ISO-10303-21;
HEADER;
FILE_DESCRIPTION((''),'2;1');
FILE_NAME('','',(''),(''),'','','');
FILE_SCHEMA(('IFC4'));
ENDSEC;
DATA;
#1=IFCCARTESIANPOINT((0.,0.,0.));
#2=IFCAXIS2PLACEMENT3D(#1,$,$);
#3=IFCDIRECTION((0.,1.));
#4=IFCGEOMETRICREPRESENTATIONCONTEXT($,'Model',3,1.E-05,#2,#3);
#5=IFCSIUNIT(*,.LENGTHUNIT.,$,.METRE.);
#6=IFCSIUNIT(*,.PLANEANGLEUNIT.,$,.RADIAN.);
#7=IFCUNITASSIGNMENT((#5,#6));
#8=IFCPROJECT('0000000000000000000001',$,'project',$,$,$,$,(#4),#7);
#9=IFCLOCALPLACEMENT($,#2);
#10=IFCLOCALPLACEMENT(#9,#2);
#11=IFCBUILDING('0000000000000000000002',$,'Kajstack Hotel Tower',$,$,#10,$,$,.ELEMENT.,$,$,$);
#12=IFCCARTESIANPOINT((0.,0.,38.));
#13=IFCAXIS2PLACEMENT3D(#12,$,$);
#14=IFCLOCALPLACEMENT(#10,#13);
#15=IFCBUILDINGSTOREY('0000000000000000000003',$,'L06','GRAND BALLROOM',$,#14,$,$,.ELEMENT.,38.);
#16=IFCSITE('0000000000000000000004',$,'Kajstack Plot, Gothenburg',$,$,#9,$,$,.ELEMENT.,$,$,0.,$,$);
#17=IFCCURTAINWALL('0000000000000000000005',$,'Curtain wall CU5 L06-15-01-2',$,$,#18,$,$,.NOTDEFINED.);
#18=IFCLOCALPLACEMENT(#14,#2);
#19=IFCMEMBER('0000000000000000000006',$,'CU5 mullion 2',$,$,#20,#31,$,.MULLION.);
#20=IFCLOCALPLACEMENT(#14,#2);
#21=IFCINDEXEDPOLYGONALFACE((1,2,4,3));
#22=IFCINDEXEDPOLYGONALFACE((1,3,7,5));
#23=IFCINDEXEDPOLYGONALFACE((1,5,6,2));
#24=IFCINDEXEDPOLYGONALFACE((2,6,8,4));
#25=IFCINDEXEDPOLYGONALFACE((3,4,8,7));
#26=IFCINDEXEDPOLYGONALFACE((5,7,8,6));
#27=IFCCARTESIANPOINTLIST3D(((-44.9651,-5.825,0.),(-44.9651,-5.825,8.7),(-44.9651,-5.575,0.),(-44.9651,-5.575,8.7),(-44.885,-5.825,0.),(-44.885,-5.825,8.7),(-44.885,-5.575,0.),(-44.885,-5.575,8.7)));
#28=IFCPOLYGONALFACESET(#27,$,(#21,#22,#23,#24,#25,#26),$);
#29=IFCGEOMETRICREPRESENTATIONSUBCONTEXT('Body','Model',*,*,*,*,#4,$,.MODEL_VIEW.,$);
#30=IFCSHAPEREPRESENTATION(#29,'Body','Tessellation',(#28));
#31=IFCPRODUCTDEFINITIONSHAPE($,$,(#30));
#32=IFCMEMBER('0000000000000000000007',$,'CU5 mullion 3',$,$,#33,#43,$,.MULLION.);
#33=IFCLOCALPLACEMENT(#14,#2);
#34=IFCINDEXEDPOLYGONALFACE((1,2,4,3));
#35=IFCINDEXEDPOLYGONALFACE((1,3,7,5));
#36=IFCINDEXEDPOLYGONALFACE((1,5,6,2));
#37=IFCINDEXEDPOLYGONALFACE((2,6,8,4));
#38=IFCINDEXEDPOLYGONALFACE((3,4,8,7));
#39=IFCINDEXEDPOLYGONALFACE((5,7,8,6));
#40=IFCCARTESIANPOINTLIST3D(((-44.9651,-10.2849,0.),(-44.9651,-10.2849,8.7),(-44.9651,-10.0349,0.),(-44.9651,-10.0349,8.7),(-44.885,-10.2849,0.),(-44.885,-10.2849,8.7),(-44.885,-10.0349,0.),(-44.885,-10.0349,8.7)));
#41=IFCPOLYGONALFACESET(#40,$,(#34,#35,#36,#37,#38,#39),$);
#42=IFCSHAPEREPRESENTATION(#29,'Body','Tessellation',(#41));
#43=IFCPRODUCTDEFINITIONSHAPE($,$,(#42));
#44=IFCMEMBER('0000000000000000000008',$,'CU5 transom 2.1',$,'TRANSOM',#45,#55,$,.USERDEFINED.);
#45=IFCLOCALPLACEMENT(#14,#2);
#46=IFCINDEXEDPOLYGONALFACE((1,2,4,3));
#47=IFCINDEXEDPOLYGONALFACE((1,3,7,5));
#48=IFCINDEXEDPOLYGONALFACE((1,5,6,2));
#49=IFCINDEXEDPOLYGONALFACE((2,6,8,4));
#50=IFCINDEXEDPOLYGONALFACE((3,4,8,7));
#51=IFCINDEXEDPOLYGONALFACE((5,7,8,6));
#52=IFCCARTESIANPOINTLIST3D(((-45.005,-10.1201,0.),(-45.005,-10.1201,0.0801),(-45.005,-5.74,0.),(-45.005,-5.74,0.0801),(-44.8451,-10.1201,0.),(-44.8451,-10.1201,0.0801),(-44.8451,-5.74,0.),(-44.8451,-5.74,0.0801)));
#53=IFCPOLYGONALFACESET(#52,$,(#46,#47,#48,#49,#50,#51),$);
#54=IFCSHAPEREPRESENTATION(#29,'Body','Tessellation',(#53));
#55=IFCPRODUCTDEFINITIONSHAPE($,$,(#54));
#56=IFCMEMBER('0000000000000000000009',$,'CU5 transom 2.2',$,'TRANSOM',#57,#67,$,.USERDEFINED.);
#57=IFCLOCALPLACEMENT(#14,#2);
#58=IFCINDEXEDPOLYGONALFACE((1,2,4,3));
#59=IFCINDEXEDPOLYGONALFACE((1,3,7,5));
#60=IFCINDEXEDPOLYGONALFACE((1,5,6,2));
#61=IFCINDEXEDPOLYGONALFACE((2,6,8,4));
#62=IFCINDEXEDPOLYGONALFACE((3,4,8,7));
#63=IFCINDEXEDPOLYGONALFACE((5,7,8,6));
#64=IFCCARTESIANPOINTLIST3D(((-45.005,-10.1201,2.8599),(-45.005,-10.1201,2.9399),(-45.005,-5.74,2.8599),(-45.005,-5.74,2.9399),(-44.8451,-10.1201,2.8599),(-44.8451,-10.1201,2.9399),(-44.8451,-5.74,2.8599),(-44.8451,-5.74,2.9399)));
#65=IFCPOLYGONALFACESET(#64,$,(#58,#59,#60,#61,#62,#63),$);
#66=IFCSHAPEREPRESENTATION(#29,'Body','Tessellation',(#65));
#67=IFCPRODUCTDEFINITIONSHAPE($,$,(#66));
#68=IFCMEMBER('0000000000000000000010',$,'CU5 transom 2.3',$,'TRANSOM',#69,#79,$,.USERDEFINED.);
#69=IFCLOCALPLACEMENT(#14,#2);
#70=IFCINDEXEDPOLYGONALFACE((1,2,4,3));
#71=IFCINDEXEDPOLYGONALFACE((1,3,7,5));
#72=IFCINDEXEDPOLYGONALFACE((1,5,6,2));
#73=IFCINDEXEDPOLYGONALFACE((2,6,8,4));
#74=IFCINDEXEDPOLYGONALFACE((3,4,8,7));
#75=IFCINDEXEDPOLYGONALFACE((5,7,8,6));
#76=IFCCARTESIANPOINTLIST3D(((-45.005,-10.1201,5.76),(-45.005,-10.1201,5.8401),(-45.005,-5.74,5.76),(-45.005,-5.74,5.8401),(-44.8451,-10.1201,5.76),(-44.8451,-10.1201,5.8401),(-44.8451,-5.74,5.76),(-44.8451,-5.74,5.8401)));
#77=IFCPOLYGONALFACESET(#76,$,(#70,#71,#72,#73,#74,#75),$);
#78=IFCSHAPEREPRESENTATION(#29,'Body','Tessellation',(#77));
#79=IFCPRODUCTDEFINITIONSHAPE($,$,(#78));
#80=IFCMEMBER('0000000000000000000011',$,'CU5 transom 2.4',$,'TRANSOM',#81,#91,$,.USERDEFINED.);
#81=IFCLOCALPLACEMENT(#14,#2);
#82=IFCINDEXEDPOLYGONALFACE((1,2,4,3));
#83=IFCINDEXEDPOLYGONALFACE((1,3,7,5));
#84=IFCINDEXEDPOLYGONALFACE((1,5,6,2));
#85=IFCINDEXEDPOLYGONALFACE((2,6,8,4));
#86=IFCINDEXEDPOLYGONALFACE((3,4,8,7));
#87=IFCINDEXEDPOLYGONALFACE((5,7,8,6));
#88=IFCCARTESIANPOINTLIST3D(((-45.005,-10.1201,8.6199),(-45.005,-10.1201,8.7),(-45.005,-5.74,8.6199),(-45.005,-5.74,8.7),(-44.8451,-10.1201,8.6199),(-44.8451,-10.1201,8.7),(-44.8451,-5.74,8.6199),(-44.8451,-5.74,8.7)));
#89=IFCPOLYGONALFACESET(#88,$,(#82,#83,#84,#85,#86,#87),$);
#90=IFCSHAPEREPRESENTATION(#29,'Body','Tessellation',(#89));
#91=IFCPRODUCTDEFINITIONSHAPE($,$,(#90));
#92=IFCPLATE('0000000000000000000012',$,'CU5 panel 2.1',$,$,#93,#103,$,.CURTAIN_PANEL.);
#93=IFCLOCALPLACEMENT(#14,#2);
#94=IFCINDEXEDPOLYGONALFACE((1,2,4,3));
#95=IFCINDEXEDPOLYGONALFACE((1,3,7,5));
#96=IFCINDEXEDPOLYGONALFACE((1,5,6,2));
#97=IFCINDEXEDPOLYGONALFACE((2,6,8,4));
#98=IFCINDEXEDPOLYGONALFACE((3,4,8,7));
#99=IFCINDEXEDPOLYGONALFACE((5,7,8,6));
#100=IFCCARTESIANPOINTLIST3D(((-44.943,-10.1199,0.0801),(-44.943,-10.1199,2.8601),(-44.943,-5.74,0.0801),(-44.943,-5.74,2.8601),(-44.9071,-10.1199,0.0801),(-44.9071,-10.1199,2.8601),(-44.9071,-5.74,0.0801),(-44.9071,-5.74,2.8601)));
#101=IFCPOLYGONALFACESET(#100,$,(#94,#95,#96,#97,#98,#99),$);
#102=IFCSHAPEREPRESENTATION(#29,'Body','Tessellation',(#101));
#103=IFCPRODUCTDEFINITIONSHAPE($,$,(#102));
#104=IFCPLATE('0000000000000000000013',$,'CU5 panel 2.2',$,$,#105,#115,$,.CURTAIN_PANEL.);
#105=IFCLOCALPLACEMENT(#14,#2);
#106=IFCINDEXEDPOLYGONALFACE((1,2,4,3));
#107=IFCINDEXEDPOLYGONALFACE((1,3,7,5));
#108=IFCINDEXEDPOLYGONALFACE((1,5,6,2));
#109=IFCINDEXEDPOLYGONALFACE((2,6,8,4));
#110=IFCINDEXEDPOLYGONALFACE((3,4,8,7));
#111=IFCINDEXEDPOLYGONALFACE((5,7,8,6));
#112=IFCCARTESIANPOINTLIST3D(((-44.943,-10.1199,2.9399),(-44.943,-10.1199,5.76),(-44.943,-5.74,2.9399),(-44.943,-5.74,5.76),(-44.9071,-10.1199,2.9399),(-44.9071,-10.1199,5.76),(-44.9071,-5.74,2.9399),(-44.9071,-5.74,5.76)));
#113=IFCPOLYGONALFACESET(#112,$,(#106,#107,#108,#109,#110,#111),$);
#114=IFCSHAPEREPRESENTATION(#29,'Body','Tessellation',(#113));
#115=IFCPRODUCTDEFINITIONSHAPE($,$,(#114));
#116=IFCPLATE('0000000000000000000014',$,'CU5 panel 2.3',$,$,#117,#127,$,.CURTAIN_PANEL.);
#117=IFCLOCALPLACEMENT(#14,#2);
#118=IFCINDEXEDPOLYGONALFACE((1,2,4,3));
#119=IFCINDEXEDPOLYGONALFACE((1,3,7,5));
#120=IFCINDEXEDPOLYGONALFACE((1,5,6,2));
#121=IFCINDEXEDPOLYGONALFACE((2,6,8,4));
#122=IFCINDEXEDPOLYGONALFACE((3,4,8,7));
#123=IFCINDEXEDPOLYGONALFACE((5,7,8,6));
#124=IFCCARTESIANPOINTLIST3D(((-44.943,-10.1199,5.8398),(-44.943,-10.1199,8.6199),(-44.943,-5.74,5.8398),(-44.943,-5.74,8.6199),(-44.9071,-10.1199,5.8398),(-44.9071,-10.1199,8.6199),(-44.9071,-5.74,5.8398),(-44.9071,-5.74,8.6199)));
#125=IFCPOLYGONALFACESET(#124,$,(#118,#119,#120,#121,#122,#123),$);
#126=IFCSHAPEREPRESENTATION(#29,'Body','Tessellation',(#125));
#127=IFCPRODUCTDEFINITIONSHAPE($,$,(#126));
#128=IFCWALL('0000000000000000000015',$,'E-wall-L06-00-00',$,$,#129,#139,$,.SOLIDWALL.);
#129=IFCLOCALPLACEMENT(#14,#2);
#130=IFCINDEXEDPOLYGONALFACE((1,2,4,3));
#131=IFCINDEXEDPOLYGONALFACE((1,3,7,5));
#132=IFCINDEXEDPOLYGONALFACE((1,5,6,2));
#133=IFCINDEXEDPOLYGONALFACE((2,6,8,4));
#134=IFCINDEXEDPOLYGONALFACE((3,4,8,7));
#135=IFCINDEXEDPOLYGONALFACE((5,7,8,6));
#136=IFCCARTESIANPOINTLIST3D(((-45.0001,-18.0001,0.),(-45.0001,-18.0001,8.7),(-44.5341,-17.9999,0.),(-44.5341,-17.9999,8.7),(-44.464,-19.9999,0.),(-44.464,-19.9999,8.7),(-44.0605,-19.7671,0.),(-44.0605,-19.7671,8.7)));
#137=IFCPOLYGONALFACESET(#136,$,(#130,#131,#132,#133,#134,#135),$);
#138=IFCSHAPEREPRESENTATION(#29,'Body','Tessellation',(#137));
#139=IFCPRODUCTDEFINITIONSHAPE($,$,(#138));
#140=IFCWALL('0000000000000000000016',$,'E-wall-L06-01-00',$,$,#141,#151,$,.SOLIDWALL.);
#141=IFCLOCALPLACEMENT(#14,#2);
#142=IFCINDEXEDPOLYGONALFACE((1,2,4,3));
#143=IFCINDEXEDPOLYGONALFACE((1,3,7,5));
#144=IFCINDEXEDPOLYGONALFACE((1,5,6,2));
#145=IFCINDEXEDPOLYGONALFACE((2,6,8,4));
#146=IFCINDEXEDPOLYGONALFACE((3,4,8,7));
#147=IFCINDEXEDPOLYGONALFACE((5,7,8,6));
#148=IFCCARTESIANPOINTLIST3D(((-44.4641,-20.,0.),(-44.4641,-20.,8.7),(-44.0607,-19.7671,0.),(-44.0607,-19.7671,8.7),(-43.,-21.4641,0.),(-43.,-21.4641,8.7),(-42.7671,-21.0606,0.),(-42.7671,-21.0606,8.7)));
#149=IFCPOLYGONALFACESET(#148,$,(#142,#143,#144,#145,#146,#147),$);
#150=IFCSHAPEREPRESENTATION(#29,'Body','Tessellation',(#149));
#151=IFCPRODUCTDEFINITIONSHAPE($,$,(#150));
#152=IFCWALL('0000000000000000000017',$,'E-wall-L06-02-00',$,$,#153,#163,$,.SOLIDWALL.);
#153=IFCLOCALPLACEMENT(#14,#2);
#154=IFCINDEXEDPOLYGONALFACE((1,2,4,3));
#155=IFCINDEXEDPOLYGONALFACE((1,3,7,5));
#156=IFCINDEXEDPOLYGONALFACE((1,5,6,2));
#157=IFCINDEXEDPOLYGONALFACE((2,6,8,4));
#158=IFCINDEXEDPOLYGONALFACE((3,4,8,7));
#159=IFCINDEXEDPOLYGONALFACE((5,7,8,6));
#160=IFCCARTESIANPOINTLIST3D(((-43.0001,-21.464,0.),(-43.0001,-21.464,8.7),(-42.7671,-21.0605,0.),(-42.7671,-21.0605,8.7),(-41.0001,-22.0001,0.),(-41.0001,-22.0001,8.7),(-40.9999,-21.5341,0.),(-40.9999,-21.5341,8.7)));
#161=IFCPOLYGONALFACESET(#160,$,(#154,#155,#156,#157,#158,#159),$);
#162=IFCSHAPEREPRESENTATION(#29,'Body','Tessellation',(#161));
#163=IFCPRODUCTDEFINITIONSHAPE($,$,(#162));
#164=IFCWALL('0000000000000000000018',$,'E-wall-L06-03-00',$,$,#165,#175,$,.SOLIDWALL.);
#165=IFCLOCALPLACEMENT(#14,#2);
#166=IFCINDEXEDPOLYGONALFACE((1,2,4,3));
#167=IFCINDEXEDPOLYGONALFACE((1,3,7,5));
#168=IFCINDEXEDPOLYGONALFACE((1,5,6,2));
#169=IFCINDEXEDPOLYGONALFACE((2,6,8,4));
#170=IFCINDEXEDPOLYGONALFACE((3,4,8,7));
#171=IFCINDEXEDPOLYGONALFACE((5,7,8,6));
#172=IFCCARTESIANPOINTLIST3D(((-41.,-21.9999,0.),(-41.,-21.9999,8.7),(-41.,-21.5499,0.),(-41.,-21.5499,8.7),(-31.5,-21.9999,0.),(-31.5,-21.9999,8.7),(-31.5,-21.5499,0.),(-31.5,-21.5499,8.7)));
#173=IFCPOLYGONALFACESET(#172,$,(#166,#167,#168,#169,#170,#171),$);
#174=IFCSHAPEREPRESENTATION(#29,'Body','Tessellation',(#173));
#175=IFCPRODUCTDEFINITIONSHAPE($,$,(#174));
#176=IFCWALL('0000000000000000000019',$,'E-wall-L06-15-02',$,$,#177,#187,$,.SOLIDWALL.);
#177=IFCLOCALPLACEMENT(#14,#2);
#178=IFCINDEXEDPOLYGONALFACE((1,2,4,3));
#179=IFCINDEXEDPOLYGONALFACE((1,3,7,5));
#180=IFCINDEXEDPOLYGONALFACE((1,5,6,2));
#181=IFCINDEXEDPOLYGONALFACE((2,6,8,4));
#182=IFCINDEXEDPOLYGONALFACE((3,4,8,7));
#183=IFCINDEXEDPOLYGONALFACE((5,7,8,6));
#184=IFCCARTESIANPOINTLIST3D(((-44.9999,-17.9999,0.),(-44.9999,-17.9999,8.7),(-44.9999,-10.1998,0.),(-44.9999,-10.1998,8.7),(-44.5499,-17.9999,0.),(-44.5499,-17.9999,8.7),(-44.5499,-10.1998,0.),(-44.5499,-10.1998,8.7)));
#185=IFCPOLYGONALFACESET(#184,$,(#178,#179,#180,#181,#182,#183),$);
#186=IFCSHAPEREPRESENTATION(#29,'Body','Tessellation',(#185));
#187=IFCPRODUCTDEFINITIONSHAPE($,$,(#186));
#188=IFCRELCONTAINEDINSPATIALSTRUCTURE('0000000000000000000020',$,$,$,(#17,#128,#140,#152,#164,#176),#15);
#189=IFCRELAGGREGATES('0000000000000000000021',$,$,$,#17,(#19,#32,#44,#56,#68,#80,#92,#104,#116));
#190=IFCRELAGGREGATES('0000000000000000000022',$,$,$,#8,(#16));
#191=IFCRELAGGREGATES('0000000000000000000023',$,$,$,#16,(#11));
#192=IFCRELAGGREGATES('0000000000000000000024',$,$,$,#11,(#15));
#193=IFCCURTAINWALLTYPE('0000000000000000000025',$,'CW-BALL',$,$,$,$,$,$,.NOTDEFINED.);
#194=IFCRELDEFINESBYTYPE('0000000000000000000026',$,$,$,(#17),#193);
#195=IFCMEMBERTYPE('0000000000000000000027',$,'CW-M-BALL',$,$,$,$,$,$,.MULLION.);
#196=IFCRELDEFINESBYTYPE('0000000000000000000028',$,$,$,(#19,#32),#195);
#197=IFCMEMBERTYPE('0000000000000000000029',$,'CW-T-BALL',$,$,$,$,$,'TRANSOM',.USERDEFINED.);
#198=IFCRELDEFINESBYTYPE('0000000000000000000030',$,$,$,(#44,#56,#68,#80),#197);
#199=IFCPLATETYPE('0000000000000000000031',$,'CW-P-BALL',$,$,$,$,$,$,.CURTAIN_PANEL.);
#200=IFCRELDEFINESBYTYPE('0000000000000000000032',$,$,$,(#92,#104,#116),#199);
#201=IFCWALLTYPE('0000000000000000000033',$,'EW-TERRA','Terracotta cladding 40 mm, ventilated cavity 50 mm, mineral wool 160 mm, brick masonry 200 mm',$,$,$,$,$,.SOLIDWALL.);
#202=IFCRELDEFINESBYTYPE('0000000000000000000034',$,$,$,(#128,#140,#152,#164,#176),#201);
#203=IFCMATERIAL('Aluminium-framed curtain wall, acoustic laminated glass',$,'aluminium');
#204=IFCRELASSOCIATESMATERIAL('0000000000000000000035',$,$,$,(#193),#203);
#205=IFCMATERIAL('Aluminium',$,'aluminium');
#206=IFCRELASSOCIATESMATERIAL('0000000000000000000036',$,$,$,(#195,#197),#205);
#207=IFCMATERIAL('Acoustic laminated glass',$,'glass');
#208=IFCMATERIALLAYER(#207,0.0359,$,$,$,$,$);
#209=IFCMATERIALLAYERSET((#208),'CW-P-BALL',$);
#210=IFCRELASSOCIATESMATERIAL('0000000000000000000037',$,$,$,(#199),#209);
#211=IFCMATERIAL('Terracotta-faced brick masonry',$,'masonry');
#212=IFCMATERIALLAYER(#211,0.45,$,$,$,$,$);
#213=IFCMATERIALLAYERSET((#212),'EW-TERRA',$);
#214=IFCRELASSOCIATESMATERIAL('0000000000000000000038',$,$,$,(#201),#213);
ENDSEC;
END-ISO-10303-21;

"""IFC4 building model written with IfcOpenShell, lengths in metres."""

from ifc_helpers import new_model, si_unit, direction, frame, frame_2d, origin, origin_2d, place, context, subcontext, project, spatial, polyline, rectangle, outline, extrude, material, layer, layer_set, material_profile, profile_set, type_object, element, aggregate, save


model = new_model("IFC4")

# Units and contexts
model_context = context("Model", 3, precision=1e-05, world=origin(), true_north=direction((0.0, 1.0)))
body_context = subcontext(model_context, "Body", "Model", "MODEL_VIEW")
ifc_project = project(units=[si_unit("LENGTHUNIT", "METRE"), si_unit("PLANEANGLEUNIT", "RADIAN")], contexts=[model_context])

# Site, building, storey
site_placement = place(None, origin())
site = spatial("IfcSite", under=ifc_project, at=site_placement, Name="Kajstack Plot, Gothenburg", CompositionType="ELEMENT", RefElevation=0.0)
building_placement = place(site_placement, origin())
building = spatial("IfcBuilding", under=site, at=building_placement, Name="Kajstack Hotel Tower", CompositionType="ELEMENT")
storey_placement = place(building_placement, frame((0.0, 0.0, 38.0)))
storey = spatial("IfcBuildingStorey", under=building, at=storey_placement, Name="L06", Description="GRAND BALLROOM", CompositionType="ELEMENT", Elevation=38.0)

# Curtain wall, members, plates
ifc_material_1 = material(Name="Aluminium-framed curtain wall, acoustic laminated glass", Category="aluminium")
curtain_wall_type = type_object("IfcCurtainWallType", Name="CW-BALL", PredefinedType="NOTDEFINED", material=ifc_material_1)
curtain_wall_placement = place(storey_placement, origin())
curtain_wall = element("IfcCurtainWall", 1, at=curtain_wall_placement, inside=storey, type_object=curtain_wall_type, Name="Curtain wall CU5 L06-15-01-2", PredefinedType="NOTDEFINED")
ifc_material_2 = material(Name="Aluminium", Category="aluminium")
ifc_material_profile_1 = material_profile(ifc_material_2, rectangle(XDim=0.0801, YDim=0.25, at=origin_2d()), Name="Aluminium mullion 80 x 250")
ifc_profile_set_1 = profile_set([ifc_material_profile_1], Name="Aluminium")
member_type_1 = type_object("IfcMemberType", Name="CW-M-BALL", PredefinedType="MULLION", material=ifc_profile_set_1)
member_1_placement = place(storey_placement, frame((-44.925, -5.7, 0.0), z_axis=(0.0, 0.0, 1.0), x_axis=(1.0, 0.0, 0.0)))
member_1 = element("IfcMember", 2, at=member_1_placement, type_object=member_type_1, Name="CU5 mullion 2", PredefinedType="MULLION", context=body_context, shape_type="SweptSolid", body=[
    extrude(rectangle(XDim=0.0801, YDim=0.25, at=origin_2d()), origin(), (0.0, 0.0, 1.0), 8.7),
])
member_2_placement = place(storey_placement, frame((-44.925, -10.1599, 0.0), z_axis=(0.0, 0.0, 1.0), x_axis=(1.0, 0.0, 0.0)))
member_2 = element("IfcMember", 3, at=member_2_placement, type_object=member_type_1, Name="CU5 mullion 3", PredefinedType="MULLION", context=body_context, shape_type="SweptSolid", body=[
    extrude(rectangle(XDim=0.0801, YDim=0.25, at=origin_2d()), origin(), (0.0, 0.0, 1.0), 8.7),
])
ifc_material_profile_2 = material_profile(ifc_material_2, rectangle(XDim=0.1599, YDim=0.0801, at=origin_2d()), Name="Aluminium transom 160 x 80")
ifc_profile_set_2 = profile_set([ifc_material_profile_2], Name="Aluminium")
member_type_2 = type_object("IfcMemberType", Name="CW-T-BALL", ElementType="TRANSOM", PredefinedType="USERDEFINED", material=ifc_profile_set_2)
member_3_placement = place(storey_placement, frame((-44.925, -5.74, 0.04), z_axis=(0.0, -1.0, 0.0), x_axis=(1.0, 0.0, 0.0)))
member_3 = element("IfcMember", 4, at=member_3_placement, type_object=member_type_2, Name="CU5 transom 2.1", ObjectType="TRANSOM", PredefinedType="USERDEFINED", context=body_context, shape_type="SweptSolid", body=[
    extrude(rectangle(XDim=0.1599, YDim=0.0801, at=origin_2d()), origin(), (0.0, 0.0, 1.0), 4.3801),
])
member_4_placement = place(storey_placement, frame((-44.925, -5.74, 2.8999), z_axis=(0.0, -1.0, 0.0), x_axis=(1.0, 0.0, 0.0)))
member_4 = element("IfcMember", 5, at=member_4_placement, type_object=member_type_2, Name="CU5 transom 2.2", ObjectType="TRANSOM", PredefinedType="USERDEFINED", context=body_context, shape_type="SweptSolid", body=[
    extrude(rectangle(XDim=0.1599, YDim=0.0801, at=origin_2d()), origin(), (0.0, 0.0, 1.0), 4.3801),
])
member_5_placement = place(storey_placement, frame((-44.925, -5.74, 5.8), z_axis=(0.0, -1.0, 0.0), x_axis=(1.0, 0.0, 0.0)))
member_5 = element("IfcMember", 6, at=member_5_placement, type_object=member_type_2, Name="CU5 transom 2.3", ObjectType="TRANSOM", PredefinedType="USERDEFINED", context=body_context, shape_type="SweptSolid", body=[
    extrude(rectangle(XDim=0.1599, YDim=0.0801, at=origin_2d()), origin(), (0.0, 0.0, 1.0), 4.3801),
])
member_6_placement = place(storey_placement, frame((-44.925, -5.74, 8.6599), z_axis=(0.0, -1.0, 0.0), x_axis=(1.0, 0.0, 0.0)))
member_6 = element("IfcMember", 7, at=member_6_placement, type_object=member_type_2, Name="CU5 transom 2.4", ObjectType="TRANSOM", PredefinedType="USERDEFINED", context=body_context, shape_type="SweptSolid", body=[
    extrude(rectangle(XDim=0.1599, YDim=0.0801, at=origin_2d()), origin(), (0.0, 0.0, 1.0), 4.3801),
])
ifc_material_3 = material(Name="Acoustic laminated glass", Category="glass")
ifc_layer_1 = layer(ifc_material_3, 0.0359)
ifc_layer_set_1 = layer_set([ifc_layer_1], Name="CW-P-BALL")
plate_type = type_object("IfcPlateType", Name="CW-P-BALL", PredefinedType="CURTAIN_PANEL", material=ifc_layer_set_1)
plate_1_placement = place(storey_placement, frame((-44.925, -7.9299, 0.0801), z_axis=(0.0, 0.0, 1.0), x_axis=(0.0, -1.0, 0.0)))
plate_1 = element("IfcPlate", 8, at=plate_1_placement, type_object=plate_type, Name="CU5 panel 2.1", PredefinedType="CURTAIN_PANEL", context=body_context, shape_type="SweptSolid", body=[
    extrude(rectangle(XDim=4.3799, YDim=0.0359, at=origin_2d()), origin(), (0.0, 0.0, 1.0), 2.78),
])
plate_2_placement = place(storey_placement, frame((-44.925, -7.9299, 2.9399), z_axis=(0.0, 0.0, 1.0), x_axis=(0.0, -1.0, 0.0)))
plate_2 = element("IfcPlate", 9, at=plate_2_placement, type_object=plate_type, Name="CU5 panel 2.2", PredefinedType="CURTAIN_PANEL", context=body_context, shape_type="SweptSolid", body=[
    extrude(rectangle(XDim=4.3799, YDim=0.0359, at=origin_2d()), origin(), (0.0, 0.0, 1.0), 2.8201),
])
plate_3_placement = place(storey_placement, frame((-44.925, -7.9299, 5.8398), z_axis=(0.0, 0.0, 1.0), x_axis=(0.0, -1.0, 0.0)))
plate_3 = element("IfcPlate", 10, at=plate_3_placement, type_object=plate_type, Name="CU5 panel 2.3", PredefinedType="CURTAIN_PANEL", context=body_context, shape_type="SweptSolid", body=[
    extrude(rectangle(XDim=4.3799, YDim=0.0359, at=origin_2d()), origin(), (0.0, 0.0, 1.0), 2.78),
])
aggregate(curtain_wall, [member_1, member_2, member_3, member_4, member_5, member_6, plate_1, plate_2, plate_3])

# Walls
ifc_material_4 = material(Name="Terracotta-faced brick masonry", Category="masonry")
ifc_layer_2 = layer(ifc_material_4, 0.45)
ifc_layer_set_2 = layer_set([ifc_layer_2], Name="EW-TERRA")
wall_type_1 = type_object("IfcWallType", Name="EW-TERRA", Description="Terracotta cladding 40 mm, ventilated cavity 50 mm, mineral wool 160 mm, brick masonry 200 mm", PredefinedType="SOLIDWALL", material=ifc_layer_set_2)
wall_1_placement = place(storey_placement, frame((-44.7827, -17.9417, 0.0), z_axis=(0.0, 0.0, 1.0), x_axis=(0.258815, -0.965927, 0.0)))
element("IfcWall", 11, at=wall_1_placement, inside=storey, type_object=wall_type_1, Name="E-wall-L06-00-00", PredefinedType="SOLIDWALL", context=body_context, shape_type="SweptSolid", body=[
    extrude(outline(polyline([(0.0002, -0.2251), (2.0706, -0.2249), (1.9502, 0.2251), (0.1206, 0.2251), (0.0002, -0.2251)])), origin(), (0.0, 0.0, 1.0), 8.7),
])
wall_2_placement = place(storey_placement, frame((-44.3049, -19.8408, 0.0), z_axis=(0.0, 0.0, 1.0), x_axis=(0.707107, -0.707107, 0.0)))
element("IfcWall", 12, at=wall_2_placement, inside=storey, type_object=wall_type_1, Name="E-wall-L06-01-00", PredefinedType="SOLIDWALL", context=body_context, shape_type="SweptSolid", body=[
    extrude(outline(polyline([(0.0, -0.2251), (2.0706, -0.2251), (1.95, 0.2249), (0.1206, 0.2249), (0.0, -0.2251)])), origin(), (0.0, 0.0, 1.0), 8.7),
])
wall_3_placement = place(storey_placement, frame((-42.9417, -21.2468, 0.0), z_axis=(0.0, 0.0, 1.0), x_axis=(0.965927, -0.258815, 0.0)))
element("IfcWall", 13, at=wall_3_placement, inside=storey, type_object=wall_type_1, Name="E-wall-L06-02-00", PredefinedType="SOLIDWALL", context=body_context, shape_type="SweptSolid", body=[
    extrude(outline(polyline([(-0.0002, -0.2249), (2.0703, -0.2251), (1.95, 0.2251), (0.1204, 0.2251), (-0.0002, -0.2249)])), origin(), (0.0, 0.0, 1.0), 8.7),
])
wall_4_placement = place(storey_placement, frame((-41.0, -21.7749, 0.0), z_axis=(0.0, 0.0, 1.0), x_axis=(1.0, 0.0, 0.0)))
element("IfcWall", 14, at=wall_4_placement, inside=storey, type_object=wall_type_1, Name="E-wall-L06-03-00", PredefinedType="SOLIDWALL", context=body_context, shape_type="SweptSolid", body=[
    extrude(rectangle(XDim=9.5, YDim=0.45, at=frame_2d((4.75, 0.0))), origin(), (0.0, 0.0, 1.0), 8.7),
])
wall_5_placement = place(storey_placement, frame((-44.7749, -10.2, 0.0), z_axis=(0.0, 0.0, 1.0), x_axis=(0.0, -1.0, 0.0)))
element("IfcWall", 15, at=wall_5_placement, inside=storey, type_object=wall_type_1, Name="E-wall-L06-15-02", PredefinedType="SOLIDWALL", context=body_context, shape_type="SweptSolid", body=[
    extrude(rectangle(XDim=7.8, YDim=0.45, at=frame_2d((3.8999, 0.0))), origin(), (0.0, 0.0, 1.0), 8.7),
])

save(model, "model.ifc")
